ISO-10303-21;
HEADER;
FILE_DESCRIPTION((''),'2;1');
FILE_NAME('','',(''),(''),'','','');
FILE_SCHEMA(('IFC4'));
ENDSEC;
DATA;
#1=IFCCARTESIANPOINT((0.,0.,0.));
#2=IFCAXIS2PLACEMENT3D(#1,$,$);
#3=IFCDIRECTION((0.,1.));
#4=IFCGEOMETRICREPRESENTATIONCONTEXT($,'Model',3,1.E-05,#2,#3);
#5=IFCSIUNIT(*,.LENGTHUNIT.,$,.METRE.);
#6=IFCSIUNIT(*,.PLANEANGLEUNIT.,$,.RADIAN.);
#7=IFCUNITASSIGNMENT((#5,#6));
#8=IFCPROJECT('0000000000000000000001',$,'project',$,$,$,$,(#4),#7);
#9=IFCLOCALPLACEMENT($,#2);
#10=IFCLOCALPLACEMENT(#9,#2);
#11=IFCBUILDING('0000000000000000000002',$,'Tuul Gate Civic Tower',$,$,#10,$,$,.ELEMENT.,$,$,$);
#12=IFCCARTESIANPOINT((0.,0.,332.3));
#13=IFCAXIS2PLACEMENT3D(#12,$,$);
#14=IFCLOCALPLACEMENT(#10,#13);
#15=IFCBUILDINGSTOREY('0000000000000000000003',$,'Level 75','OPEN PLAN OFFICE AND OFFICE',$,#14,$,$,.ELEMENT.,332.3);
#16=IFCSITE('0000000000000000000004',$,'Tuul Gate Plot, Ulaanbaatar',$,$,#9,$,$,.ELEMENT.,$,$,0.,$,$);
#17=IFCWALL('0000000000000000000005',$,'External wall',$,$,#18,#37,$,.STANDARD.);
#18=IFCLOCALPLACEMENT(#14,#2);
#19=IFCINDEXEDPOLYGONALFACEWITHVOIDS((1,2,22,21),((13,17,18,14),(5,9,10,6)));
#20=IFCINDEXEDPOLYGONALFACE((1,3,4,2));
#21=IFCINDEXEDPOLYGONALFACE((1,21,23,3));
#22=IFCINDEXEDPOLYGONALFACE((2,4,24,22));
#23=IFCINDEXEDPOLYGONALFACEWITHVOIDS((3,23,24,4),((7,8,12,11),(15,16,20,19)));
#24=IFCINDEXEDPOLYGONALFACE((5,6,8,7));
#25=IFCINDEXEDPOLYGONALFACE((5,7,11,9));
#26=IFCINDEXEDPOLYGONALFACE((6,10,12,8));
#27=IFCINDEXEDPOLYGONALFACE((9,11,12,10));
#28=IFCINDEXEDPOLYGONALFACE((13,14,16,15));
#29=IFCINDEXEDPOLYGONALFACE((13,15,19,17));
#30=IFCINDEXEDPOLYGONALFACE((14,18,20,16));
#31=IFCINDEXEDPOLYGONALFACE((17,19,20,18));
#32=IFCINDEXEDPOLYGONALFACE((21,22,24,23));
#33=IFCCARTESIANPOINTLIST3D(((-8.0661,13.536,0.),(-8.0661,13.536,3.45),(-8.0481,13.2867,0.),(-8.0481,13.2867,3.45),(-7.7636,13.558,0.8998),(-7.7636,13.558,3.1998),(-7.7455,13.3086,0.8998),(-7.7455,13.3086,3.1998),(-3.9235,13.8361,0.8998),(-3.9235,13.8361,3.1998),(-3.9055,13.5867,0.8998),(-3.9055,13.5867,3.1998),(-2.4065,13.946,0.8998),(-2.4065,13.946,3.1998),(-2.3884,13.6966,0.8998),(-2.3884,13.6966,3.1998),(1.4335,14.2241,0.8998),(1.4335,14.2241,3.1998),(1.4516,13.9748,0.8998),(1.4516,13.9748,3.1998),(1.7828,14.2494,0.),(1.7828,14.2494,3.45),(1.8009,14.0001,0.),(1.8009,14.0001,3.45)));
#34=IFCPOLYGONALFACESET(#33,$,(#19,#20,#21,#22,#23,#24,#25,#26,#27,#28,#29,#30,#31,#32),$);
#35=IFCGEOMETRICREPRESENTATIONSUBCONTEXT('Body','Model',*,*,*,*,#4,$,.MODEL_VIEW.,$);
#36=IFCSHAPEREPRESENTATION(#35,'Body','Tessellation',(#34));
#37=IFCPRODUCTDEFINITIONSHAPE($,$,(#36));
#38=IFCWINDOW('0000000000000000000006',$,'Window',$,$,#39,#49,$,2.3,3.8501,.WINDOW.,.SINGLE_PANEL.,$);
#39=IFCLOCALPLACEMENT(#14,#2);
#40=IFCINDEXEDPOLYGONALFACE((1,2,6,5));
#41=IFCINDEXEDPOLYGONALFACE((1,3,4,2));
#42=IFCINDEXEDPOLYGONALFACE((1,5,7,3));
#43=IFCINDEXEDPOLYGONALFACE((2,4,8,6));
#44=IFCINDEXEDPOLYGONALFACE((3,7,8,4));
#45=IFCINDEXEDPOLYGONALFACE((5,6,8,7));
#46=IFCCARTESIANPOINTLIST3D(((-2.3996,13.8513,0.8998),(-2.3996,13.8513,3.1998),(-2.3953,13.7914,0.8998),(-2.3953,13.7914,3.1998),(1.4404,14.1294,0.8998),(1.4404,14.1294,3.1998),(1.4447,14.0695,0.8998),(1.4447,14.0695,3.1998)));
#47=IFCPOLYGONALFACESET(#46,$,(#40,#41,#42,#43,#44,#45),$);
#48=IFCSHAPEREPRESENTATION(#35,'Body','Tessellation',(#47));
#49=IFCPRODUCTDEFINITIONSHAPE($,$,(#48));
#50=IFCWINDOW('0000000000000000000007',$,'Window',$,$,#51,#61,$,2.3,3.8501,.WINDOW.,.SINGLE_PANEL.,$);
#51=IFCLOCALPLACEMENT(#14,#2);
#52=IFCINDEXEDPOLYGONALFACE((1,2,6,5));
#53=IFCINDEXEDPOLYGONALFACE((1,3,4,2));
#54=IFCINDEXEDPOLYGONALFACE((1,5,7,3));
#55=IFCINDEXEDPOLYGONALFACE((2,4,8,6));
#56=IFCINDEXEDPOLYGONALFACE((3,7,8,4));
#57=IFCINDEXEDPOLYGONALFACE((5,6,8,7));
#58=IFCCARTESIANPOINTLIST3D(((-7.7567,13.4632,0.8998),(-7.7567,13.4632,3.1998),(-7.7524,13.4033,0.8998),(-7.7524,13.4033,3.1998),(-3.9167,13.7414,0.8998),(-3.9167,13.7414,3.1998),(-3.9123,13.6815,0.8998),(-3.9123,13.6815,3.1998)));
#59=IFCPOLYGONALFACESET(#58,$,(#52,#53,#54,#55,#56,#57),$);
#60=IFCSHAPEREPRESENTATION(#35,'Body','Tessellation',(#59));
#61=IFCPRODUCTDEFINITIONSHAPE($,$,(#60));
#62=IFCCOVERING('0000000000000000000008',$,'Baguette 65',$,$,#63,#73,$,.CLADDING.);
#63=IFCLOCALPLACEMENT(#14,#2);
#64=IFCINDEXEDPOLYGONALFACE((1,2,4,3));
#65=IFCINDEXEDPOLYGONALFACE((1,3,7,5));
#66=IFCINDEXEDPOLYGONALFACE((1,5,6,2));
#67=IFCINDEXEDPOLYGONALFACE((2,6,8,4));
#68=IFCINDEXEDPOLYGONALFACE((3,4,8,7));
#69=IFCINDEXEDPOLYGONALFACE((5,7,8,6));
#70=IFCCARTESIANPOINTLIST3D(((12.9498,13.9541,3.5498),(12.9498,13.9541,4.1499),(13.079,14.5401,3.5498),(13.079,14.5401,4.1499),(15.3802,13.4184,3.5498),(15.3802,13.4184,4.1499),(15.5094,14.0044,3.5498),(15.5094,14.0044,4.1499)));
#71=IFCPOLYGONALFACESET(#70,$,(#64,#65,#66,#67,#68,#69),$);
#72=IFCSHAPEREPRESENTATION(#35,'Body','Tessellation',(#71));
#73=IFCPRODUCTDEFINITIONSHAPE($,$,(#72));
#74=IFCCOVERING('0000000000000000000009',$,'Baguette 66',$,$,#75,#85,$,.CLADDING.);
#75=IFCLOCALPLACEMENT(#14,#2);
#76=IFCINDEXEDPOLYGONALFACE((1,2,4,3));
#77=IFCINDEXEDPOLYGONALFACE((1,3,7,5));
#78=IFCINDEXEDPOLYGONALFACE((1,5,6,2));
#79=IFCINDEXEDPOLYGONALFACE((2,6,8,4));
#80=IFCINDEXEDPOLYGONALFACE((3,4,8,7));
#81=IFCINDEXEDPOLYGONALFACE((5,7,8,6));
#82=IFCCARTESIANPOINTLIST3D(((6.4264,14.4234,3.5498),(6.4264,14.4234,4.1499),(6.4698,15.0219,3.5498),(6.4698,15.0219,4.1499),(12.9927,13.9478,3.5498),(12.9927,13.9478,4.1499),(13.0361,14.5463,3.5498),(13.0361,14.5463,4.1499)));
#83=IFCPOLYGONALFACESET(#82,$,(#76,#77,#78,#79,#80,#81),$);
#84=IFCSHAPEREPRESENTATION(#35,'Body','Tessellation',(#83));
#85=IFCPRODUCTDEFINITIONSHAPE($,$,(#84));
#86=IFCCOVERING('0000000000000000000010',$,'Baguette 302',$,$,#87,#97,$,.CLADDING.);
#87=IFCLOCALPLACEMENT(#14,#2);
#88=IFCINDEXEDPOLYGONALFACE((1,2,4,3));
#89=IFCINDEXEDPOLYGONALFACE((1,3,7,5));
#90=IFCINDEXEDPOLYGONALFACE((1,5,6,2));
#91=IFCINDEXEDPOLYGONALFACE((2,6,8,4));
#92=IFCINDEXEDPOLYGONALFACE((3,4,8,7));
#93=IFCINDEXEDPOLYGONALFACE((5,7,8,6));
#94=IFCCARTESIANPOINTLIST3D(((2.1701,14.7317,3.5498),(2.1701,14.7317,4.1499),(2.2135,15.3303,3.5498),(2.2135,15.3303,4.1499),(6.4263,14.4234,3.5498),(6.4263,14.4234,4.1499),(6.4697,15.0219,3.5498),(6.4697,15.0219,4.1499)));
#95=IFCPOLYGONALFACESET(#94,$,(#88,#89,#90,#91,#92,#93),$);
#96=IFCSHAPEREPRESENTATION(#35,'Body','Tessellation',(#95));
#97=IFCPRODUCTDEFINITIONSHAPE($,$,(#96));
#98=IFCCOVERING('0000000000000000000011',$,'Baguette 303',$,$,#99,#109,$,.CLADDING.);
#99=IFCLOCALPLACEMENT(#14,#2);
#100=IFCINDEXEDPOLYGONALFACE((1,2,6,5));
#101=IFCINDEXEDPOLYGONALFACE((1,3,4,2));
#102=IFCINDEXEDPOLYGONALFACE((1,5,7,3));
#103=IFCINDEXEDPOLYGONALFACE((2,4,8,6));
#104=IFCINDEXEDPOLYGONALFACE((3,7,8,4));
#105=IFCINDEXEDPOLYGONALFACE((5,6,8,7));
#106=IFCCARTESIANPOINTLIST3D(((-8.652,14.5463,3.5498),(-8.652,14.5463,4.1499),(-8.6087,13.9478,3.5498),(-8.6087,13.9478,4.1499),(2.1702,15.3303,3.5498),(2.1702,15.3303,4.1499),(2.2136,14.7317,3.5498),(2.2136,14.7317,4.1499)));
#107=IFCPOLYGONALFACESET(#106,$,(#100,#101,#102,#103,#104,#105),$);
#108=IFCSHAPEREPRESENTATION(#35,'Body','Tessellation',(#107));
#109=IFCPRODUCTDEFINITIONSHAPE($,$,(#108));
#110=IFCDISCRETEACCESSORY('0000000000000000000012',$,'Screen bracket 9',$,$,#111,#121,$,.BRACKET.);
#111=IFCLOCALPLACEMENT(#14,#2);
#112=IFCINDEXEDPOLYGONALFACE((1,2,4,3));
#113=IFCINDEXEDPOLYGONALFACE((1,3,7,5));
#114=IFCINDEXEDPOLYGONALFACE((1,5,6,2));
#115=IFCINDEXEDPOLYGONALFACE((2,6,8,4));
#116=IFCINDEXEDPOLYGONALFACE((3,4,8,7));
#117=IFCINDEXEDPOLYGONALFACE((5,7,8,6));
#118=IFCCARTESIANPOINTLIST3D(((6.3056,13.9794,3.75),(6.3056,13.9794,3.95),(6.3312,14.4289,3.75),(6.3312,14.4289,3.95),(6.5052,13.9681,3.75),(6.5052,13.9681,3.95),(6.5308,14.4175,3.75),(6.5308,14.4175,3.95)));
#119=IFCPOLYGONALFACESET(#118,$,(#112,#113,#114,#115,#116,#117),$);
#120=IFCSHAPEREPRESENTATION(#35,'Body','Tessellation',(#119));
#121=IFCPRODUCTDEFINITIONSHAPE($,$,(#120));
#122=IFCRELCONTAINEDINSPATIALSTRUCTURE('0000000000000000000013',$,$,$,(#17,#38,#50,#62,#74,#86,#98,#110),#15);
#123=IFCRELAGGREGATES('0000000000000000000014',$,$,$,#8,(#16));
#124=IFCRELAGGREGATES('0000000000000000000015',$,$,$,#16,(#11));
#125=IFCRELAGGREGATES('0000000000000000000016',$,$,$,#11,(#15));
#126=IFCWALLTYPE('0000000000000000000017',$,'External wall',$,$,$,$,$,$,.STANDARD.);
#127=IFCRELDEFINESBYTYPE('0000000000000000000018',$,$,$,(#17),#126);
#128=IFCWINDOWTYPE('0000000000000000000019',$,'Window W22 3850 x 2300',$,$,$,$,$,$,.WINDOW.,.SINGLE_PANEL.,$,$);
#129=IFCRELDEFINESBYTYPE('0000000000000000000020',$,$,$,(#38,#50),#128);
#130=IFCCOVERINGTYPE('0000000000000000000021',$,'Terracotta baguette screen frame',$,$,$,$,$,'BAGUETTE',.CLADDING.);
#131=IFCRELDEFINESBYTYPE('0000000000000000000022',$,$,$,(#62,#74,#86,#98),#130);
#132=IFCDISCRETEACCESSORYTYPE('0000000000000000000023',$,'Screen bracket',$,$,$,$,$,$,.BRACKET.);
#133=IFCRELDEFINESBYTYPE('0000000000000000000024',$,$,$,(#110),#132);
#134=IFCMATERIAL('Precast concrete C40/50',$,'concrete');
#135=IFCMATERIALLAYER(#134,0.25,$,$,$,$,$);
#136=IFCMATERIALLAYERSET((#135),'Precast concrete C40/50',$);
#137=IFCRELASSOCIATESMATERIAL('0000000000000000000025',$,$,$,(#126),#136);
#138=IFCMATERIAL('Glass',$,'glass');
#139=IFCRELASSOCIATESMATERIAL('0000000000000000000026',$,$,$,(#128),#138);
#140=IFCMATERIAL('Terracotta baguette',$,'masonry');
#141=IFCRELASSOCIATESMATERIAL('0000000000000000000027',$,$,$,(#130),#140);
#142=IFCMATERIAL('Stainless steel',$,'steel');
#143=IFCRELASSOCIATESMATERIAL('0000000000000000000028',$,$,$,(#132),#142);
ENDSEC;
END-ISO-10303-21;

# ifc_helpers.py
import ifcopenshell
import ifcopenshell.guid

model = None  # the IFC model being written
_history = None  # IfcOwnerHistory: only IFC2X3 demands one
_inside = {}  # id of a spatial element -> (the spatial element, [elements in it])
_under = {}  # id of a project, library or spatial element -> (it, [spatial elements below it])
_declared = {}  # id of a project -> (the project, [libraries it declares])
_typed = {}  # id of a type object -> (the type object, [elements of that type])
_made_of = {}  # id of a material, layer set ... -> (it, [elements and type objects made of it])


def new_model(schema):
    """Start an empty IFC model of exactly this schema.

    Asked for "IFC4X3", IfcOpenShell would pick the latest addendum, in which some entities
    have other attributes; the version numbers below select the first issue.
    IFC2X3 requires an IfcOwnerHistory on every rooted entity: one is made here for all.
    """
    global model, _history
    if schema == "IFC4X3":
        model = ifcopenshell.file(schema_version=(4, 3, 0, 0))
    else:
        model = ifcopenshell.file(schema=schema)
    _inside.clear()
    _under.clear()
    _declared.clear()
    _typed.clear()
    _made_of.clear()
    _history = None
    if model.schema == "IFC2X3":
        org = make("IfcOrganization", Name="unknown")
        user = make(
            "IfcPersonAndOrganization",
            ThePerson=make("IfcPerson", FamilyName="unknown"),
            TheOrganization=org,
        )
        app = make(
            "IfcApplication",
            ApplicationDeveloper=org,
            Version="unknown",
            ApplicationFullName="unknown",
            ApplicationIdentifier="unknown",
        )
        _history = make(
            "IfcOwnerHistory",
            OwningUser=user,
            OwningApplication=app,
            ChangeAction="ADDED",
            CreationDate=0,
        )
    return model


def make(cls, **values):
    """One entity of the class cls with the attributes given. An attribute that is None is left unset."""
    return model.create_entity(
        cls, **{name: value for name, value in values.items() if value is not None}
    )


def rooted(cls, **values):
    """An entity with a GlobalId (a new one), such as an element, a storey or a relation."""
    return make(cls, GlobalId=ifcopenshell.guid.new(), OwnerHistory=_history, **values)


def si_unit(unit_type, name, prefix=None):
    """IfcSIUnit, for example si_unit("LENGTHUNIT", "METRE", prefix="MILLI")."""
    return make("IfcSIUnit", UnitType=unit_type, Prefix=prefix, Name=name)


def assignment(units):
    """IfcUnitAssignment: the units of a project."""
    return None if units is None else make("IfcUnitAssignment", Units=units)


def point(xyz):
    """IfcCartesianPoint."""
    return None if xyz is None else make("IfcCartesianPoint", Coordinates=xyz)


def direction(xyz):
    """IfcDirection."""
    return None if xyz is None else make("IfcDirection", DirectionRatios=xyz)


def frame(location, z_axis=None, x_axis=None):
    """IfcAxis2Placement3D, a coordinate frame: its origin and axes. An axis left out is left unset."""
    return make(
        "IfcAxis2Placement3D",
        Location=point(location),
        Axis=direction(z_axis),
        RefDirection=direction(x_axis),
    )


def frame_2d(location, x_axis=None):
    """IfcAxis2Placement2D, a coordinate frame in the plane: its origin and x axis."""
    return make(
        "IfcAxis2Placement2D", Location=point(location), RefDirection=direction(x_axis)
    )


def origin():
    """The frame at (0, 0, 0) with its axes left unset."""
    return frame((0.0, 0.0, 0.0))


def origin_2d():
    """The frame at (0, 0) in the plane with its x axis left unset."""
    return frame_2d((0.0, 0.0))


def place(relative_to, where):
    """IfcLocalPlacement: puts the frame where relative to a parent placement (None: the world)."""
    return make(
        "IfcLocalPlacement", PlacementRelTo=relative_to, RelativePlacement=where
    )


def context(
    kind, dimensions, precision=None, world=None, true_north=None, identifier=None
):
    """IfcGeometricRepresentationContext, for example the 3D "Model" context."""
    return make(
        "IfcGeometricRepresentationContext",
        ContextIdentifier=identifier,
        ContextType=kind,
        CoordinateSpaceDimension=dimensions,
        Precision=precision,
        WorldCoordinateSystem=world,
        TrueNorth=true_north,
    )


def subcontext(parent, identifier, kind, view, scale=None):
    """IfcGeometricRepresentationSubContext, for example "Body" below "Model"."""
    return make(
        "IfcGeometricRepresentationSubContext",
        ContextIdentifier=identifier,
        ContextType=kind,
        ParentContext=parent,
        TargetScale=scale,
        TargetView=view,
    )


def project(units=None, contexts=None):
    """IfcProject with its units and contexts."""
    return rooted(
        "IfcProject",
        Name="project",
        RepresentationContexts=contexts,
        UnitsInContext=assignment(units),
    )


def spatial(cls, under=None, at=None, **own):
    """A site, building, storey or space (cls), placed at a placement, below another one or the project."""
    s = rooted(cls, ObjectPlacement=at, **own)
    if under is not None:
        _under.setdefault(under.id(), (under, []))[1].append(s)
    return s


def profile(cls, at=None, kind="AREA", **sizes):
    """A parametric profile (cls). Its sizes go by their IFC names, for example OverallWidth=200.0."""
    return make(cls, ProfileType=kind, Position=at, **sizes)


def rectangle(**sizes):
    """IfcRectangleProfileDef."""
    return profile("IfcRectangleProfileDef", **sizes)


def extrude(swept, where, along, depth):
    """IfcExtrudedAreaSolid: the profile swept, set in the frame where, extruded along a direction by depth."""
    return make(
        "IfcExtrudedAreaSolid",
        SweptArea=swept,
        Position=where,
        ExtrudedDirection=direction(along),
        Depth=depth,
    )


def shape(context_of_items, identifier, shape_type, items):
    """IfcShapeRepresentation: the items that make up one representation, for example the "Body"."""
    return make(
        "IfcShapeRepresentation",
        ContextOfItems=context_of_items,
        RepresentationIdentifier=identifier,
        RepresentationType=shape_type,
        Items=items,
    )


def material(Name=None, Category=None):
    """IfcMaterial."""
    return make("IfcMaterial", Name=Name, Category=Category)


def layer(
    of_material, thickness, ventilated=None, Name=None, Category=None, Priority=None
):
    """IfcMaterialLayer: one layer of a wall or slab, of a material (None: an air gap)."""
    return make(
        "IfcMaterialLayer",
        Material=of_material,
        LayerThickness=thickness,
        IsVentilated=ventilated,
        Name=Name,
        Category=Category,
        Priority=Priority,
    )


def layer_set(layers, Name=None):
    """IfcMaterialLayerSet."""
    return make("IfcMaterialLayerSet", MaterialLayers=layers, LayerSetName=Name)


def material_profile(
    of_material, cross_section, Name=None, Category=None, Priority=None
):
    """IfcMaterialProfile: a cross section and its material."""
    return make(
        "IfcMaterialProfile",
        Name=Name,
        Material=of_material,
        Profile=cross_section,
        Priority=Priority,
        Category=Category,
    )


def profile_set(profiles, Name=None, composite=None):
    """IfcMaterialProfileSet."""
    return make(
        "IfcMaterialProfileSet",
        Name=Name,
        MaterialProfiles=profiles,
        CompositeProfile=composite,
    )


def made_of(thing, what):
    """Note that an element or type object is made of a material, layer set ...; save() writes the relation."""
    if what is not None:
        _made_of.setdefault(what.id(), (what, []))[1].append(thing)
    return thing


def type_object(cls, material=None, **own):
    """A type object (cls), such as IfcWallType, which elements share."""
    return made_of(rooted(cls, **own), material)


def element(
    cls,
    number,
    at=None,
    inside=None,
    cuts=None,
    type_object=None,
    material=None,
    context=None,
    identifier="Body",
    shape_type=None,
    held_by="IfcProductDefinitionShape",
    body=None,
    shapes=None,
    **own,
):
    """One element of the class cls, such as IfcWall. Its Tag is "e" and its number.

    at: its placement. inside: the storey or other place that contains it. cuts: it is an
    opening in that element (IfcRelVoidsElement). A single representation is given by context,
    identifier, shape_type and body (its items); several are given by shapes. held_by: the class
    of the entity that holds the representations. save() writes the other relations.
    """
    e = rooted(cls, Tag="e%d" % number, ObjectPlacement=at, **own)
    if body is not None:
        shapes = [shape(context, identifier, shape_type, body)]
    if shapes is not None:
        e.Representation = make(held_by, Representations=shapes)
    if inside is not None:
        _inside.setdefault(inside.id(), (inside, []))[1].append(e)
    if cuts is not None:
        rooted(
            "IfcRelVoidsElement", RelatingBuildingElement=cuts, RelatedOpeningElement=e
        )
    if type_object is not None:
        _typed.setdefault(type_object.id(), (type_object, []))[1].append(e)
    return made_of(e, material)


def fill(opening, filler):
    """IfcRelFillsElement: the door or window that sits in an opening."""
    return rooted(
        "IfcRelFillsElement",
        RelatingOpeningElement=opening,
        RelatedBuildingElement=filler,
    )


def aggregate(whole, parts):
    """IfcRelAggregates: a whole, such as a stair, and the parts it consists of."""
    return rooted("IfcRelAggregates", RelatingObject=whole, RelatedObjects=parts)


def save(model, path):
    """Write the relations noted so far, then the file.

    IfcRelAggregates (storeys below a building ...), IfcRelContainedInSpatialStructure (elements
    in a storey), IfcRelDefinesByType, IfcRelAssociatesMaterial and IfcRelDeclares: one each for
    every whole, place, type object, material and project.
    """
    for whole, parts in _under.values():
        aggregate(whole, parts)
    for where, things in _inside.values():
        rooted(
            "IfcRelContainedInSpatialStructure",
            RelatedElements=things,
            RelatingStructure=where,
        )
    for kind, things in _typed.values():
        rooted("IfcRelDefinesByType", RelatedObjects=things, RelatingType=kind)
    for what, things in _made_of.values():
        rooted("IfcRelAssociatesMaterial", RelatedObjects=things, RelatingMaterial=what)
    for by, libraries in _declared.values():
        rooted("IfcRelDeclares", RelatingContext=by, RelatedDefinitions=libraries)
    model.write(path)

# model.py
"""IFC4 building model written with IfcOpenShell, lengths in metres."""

from ifc_helpers import new_model, si_unit, direction, frame, frame_2d, origin, origin_2d, place, context, subcontext, project, spatial, rectangle, extrude, material, layer, layer_set, material_profile, profile_set, type_object, element, fill, save


model = new_model("IFC4")

# Units and contexts
model_context = context("Model", 3, precision=1e-05, world=origin(), true_north=direction((0.0, 1.0)))
body_context = subcontext(model_context, "Body", "Model", "MODEL_VIEW")
ifc_project = project(units=[si_unit("LENGTHUNIT", "METRE"), si_unit("PLANEANGLEUNIT", "RADIAN")], contexts=[model_context])

# Site, building, storey
site_placement = place(None, origin())
site = spatial("IfcSite", under=ifc_project, at=site_placement, Name="Tuul Gate Plot, Ulaanbaatar", CompositionType="ELEMENT", RefElevation=0.0)
building_placement = place(site_placement, origin())
building = spatial("IfcBuilding", under=site, at=building_placement, Name="Tuul Gate Civic Tower", CompositionType="ELEMENT")
storey_placement = place(building_placement, frame((0.0, 0.0, 332.3)))
storey = spatial("IfcBuildingStorey", under=building, at=storey_placement, Name="Level 75", Description="OPEN PLAN OFFICE AND OFFICE", CompositionType="ELEMENT", Elevation=332.3)

# Wall, openings, windows
ifc_material_1 = material(Name="Precast concrete C40/50", Category="concrete")
ifc_layer_1 = layer(ifc_material_1, 0.25)
ifc_layer_set_1 = layer_set([ifc_layer_1], Name="Precast concrete C40/50")
wall_type_1 = type_object("IfcWallType", Name="External wall", PredefinedType="STANDARD", material=ifc_layer_set_1)
ifc_material_2 = material(Name="Glass", Category="glass")
window_type = type_object("IfcWindowType", Name="Window W22 3850 x 2300", PartitioningType="SINGLE_PANEL", PredefinedType="WINDOW", material=ifc_material_2)
wall_1_placement = place(storey_placement, frame((1.792, 14.1248, 0.0), z_axis=(0.0, 0.0, 1.0), x_axis=(-0.997387, -0.072243, 0.0)))
wall_1 = element("IfcWall", 1, at=wall_1_placement, inside=storey, type_object=wall_type_1, Name="External wall", PredefinedType="STANDARD", context=body_context, shape_type="SweptSolid", body=[
    extrude(rectangle(XDim=9.8748, YDim=0.25, at=frame_2d((4.9375, 0.0))), origin(), (0.0, 0.0, 1.0), 3.45),
])
opening_1_placement = place(wall_1_placement, frame((0.3503, 0.0, 0.8999)))
opening_1 = element("IfcOpeningElement", 2, at=opening_1_placement, cuts=wall_1, PredefinedType="OPENING", context=body_context, shape_type="SweptSolid", body=[
    extrude(rectangle(XDim=3.8501, YDim=2.3, at=frame_2d((1.925, 1.1499))), frame((0.0, 0.135, 0.0), z_axis=(0.0, -1.0, 0.0), x_axis=(1.0, 0.0, 0.0)), (0.0, 0.0, 1.0), 0.27),
])
opening_2_placement = place(wall_1_placement, frame((5.7214, 0.0, 0.8999)))
opening_2 = element("IfcOpeningElement", 3, at=opening_2_placement, cuts=wall_1, PredefinedType="OPENING", context=body_context, shape_type="SweptSolid", body=[
    extrude(rectangle(XDim=3.8501, YDim=2.3, at=frame_2d((1.925, 1.1499))), frame((0.0, 0.135, 0.0), z_axis=(0.0, -1.0, 0.0), x_axis=(1.0, 0.0, 0.0)), (0.0, 0.0, 1.0), 0.27),
])
window_1_placement = place(opening_1_placement, origin())
window_1 = element("IfcWindow", 4, at=window_1_placement, inside=storey, type_object=window_type, Name="Window", OverallHeight=2.3, OverallWidth=3.8501, PartitioningType="SINGLE_PANEL", PredefinedType="WINDOW", context=body_context, shape_type="SweptSolid", body=[
    extrude(rectangle(XDim=3.8501, YDim=2.3, at=frame_2d((1.925, 1.1499))), frame((0.0, 0.03, 0.0), z_axis=(0.0, -1.0, 0.0), x_axis=(1.0, 0.0, 0.0)), (0.0, 0.0, 1.0), 0.0601),
])
fill(opening_1, window_1)
window_2_placement = place(opening_2_placement, origin())
window_2 = element("IfcWindow", 5, at=window_2_placement, inside=storey, type_object=window_type, Name="Window", OverallHeight=2.3, OverallWidth=3.8501, PartitioningType="SINGLE_PANEL", PredefinedType="WINDOW", context=body_context, shape_type="SweptSolid", body=[
    extrude(rectangle(XDim=3.8501, YDim=2.3, at=frame_2d((1.925, 1.1499))), frame((0.0, 0.03, 0.0), z_axis=(0.0, -1.0, 0.0), x_axis=(1.0, 0.0, 0.0)), (0.0, 0.0, 1.0), 0.0601),
])
fill(opening_2, window_2)

# Coverings
ifc_material_3 = material(Name="Terracotta baguette", Category="masonry")
ifc_material_profile_1 = material_profile(ifc_material_3, rectangle(XDim=0.6001, YDim=0.6001, at=origin_2d()), Name="Terracotta baguette screen frame")
ifc_profile_set_1 = profile_set([ifc_material_profile_1], Name="Terracotta baguette")
covering_type = type_object("IfcCoveringType", Name="Terracotta baguette screen frame", ElementType="BAGUETTE", PredefinedType="CLADDING", material=ifc_profile_set_1)
covering_1_placement = place(storey_placement, frame((15.4448, 13.7114, 3.8499), z_axis=(-0.976564, 0.215227, 0.0), x_axis=(-0.215227, -0.976564, 0.0)))
element("IfcCovering", 6, at=covering_1_placement, inside=storey, type_object=covering_type, Name="Baguette 65", PredefinedType="CLADDING", context=body_context, shape_type="SweptSolid", body=[
    extrude(rectangle(XDim=0.6001, YDim=0.6001, at=origin_2d()), origin(), (0.0, 0.0, 1.0), 2.4888),
])
covering_2_placement = place(storey_placement, frame((13.0144, 14.2471, 3.8499), z_axis=(-0.997387, 0.072238, 0.0), x_axis=(-0.072238, -0.997387, 0.0)))
element("IfcCovering", 7, at=covering_2_placement, inside=storey, type_object=covering_type, Name="Baguette 66", PredefinedType="CLADDING", context=body_context, shape_type="SweptSolid", body=[
    extrude(rectangle(XDim=0.6001, YDim=0.6001, at=origin_2d()), origin(), (0.0, 0.0, 1.0), 6.5835),
])
covering_3_placement = place(storey_placement, frame((6.448, 14.7227, 3.8499), z_axis=(-0.997386, 0.072259, 0.0), x_axis=(-0.072259, -0.997386, 0.0)))
element("IfcCovering", 8, at=covering_3_placement, inside=storey, type_object=covering_type, Name="Baguette 302", PredefinedType="CLADDING", context=body_context, shape_type="SweptSolid", body=[
    extrude(rectangle(XDim=0.6001, YDim=0.6001, at=origin_2d()), origin(), (0.0, 0.0, 1.0), 4.2673),
])
covering_4_placement = place(storey_placement, frame((2.1919, 15.031, 3.8499), z_axis=(-0.997387, -0.072248, 0.0), x_axis=(0.072248, -0.997387, 0.0)))
element("IfcCovering", 9, at=covering_4_placement, inside=storey, type_object=covering_type, Name="Baguette 303", PredefinedType="CLADDING", context=body_context, shape_type="SweptSolid", body=[
    extrude(rectangle(XDim=0.6001, YDim=0.6001, at=origin_2d()), origin(), (0.0, 0.0, 1.0), 10.8506),
])

# Discrete accessory
ifc_material_4 = material(Name="Stainless steel", Category="steel")
discrete_accessory_type = type_object("IfcDiscreteAccessoryType", Name="Screen bracket", PredefinedType="BRACKET", material=ifc_material_4)
discrete_accessory_placement = place(storey_placement, frame((6.4182, 14.1985, 3.75), z_axis=(0.0, 0.0, 1.0), x_axis=(0.056811, 0.998385, 0.0)))
element("IfcDiscreteAccessory", 10, at=discrete_accessory_placement, inside=storey, type_object=discrete_accessory_type, Name="Screen bracket 9", PredefinedType="BRACKET", context=body_context, shape_type="SweptSolid", body=[
    extrude(rectangle(XDim=0.4502, YDim=0.2, at=origin_2d()), origin(), (0.0, 0.0, 1.0), 0.2),
])

save(model, "model.ifc")
